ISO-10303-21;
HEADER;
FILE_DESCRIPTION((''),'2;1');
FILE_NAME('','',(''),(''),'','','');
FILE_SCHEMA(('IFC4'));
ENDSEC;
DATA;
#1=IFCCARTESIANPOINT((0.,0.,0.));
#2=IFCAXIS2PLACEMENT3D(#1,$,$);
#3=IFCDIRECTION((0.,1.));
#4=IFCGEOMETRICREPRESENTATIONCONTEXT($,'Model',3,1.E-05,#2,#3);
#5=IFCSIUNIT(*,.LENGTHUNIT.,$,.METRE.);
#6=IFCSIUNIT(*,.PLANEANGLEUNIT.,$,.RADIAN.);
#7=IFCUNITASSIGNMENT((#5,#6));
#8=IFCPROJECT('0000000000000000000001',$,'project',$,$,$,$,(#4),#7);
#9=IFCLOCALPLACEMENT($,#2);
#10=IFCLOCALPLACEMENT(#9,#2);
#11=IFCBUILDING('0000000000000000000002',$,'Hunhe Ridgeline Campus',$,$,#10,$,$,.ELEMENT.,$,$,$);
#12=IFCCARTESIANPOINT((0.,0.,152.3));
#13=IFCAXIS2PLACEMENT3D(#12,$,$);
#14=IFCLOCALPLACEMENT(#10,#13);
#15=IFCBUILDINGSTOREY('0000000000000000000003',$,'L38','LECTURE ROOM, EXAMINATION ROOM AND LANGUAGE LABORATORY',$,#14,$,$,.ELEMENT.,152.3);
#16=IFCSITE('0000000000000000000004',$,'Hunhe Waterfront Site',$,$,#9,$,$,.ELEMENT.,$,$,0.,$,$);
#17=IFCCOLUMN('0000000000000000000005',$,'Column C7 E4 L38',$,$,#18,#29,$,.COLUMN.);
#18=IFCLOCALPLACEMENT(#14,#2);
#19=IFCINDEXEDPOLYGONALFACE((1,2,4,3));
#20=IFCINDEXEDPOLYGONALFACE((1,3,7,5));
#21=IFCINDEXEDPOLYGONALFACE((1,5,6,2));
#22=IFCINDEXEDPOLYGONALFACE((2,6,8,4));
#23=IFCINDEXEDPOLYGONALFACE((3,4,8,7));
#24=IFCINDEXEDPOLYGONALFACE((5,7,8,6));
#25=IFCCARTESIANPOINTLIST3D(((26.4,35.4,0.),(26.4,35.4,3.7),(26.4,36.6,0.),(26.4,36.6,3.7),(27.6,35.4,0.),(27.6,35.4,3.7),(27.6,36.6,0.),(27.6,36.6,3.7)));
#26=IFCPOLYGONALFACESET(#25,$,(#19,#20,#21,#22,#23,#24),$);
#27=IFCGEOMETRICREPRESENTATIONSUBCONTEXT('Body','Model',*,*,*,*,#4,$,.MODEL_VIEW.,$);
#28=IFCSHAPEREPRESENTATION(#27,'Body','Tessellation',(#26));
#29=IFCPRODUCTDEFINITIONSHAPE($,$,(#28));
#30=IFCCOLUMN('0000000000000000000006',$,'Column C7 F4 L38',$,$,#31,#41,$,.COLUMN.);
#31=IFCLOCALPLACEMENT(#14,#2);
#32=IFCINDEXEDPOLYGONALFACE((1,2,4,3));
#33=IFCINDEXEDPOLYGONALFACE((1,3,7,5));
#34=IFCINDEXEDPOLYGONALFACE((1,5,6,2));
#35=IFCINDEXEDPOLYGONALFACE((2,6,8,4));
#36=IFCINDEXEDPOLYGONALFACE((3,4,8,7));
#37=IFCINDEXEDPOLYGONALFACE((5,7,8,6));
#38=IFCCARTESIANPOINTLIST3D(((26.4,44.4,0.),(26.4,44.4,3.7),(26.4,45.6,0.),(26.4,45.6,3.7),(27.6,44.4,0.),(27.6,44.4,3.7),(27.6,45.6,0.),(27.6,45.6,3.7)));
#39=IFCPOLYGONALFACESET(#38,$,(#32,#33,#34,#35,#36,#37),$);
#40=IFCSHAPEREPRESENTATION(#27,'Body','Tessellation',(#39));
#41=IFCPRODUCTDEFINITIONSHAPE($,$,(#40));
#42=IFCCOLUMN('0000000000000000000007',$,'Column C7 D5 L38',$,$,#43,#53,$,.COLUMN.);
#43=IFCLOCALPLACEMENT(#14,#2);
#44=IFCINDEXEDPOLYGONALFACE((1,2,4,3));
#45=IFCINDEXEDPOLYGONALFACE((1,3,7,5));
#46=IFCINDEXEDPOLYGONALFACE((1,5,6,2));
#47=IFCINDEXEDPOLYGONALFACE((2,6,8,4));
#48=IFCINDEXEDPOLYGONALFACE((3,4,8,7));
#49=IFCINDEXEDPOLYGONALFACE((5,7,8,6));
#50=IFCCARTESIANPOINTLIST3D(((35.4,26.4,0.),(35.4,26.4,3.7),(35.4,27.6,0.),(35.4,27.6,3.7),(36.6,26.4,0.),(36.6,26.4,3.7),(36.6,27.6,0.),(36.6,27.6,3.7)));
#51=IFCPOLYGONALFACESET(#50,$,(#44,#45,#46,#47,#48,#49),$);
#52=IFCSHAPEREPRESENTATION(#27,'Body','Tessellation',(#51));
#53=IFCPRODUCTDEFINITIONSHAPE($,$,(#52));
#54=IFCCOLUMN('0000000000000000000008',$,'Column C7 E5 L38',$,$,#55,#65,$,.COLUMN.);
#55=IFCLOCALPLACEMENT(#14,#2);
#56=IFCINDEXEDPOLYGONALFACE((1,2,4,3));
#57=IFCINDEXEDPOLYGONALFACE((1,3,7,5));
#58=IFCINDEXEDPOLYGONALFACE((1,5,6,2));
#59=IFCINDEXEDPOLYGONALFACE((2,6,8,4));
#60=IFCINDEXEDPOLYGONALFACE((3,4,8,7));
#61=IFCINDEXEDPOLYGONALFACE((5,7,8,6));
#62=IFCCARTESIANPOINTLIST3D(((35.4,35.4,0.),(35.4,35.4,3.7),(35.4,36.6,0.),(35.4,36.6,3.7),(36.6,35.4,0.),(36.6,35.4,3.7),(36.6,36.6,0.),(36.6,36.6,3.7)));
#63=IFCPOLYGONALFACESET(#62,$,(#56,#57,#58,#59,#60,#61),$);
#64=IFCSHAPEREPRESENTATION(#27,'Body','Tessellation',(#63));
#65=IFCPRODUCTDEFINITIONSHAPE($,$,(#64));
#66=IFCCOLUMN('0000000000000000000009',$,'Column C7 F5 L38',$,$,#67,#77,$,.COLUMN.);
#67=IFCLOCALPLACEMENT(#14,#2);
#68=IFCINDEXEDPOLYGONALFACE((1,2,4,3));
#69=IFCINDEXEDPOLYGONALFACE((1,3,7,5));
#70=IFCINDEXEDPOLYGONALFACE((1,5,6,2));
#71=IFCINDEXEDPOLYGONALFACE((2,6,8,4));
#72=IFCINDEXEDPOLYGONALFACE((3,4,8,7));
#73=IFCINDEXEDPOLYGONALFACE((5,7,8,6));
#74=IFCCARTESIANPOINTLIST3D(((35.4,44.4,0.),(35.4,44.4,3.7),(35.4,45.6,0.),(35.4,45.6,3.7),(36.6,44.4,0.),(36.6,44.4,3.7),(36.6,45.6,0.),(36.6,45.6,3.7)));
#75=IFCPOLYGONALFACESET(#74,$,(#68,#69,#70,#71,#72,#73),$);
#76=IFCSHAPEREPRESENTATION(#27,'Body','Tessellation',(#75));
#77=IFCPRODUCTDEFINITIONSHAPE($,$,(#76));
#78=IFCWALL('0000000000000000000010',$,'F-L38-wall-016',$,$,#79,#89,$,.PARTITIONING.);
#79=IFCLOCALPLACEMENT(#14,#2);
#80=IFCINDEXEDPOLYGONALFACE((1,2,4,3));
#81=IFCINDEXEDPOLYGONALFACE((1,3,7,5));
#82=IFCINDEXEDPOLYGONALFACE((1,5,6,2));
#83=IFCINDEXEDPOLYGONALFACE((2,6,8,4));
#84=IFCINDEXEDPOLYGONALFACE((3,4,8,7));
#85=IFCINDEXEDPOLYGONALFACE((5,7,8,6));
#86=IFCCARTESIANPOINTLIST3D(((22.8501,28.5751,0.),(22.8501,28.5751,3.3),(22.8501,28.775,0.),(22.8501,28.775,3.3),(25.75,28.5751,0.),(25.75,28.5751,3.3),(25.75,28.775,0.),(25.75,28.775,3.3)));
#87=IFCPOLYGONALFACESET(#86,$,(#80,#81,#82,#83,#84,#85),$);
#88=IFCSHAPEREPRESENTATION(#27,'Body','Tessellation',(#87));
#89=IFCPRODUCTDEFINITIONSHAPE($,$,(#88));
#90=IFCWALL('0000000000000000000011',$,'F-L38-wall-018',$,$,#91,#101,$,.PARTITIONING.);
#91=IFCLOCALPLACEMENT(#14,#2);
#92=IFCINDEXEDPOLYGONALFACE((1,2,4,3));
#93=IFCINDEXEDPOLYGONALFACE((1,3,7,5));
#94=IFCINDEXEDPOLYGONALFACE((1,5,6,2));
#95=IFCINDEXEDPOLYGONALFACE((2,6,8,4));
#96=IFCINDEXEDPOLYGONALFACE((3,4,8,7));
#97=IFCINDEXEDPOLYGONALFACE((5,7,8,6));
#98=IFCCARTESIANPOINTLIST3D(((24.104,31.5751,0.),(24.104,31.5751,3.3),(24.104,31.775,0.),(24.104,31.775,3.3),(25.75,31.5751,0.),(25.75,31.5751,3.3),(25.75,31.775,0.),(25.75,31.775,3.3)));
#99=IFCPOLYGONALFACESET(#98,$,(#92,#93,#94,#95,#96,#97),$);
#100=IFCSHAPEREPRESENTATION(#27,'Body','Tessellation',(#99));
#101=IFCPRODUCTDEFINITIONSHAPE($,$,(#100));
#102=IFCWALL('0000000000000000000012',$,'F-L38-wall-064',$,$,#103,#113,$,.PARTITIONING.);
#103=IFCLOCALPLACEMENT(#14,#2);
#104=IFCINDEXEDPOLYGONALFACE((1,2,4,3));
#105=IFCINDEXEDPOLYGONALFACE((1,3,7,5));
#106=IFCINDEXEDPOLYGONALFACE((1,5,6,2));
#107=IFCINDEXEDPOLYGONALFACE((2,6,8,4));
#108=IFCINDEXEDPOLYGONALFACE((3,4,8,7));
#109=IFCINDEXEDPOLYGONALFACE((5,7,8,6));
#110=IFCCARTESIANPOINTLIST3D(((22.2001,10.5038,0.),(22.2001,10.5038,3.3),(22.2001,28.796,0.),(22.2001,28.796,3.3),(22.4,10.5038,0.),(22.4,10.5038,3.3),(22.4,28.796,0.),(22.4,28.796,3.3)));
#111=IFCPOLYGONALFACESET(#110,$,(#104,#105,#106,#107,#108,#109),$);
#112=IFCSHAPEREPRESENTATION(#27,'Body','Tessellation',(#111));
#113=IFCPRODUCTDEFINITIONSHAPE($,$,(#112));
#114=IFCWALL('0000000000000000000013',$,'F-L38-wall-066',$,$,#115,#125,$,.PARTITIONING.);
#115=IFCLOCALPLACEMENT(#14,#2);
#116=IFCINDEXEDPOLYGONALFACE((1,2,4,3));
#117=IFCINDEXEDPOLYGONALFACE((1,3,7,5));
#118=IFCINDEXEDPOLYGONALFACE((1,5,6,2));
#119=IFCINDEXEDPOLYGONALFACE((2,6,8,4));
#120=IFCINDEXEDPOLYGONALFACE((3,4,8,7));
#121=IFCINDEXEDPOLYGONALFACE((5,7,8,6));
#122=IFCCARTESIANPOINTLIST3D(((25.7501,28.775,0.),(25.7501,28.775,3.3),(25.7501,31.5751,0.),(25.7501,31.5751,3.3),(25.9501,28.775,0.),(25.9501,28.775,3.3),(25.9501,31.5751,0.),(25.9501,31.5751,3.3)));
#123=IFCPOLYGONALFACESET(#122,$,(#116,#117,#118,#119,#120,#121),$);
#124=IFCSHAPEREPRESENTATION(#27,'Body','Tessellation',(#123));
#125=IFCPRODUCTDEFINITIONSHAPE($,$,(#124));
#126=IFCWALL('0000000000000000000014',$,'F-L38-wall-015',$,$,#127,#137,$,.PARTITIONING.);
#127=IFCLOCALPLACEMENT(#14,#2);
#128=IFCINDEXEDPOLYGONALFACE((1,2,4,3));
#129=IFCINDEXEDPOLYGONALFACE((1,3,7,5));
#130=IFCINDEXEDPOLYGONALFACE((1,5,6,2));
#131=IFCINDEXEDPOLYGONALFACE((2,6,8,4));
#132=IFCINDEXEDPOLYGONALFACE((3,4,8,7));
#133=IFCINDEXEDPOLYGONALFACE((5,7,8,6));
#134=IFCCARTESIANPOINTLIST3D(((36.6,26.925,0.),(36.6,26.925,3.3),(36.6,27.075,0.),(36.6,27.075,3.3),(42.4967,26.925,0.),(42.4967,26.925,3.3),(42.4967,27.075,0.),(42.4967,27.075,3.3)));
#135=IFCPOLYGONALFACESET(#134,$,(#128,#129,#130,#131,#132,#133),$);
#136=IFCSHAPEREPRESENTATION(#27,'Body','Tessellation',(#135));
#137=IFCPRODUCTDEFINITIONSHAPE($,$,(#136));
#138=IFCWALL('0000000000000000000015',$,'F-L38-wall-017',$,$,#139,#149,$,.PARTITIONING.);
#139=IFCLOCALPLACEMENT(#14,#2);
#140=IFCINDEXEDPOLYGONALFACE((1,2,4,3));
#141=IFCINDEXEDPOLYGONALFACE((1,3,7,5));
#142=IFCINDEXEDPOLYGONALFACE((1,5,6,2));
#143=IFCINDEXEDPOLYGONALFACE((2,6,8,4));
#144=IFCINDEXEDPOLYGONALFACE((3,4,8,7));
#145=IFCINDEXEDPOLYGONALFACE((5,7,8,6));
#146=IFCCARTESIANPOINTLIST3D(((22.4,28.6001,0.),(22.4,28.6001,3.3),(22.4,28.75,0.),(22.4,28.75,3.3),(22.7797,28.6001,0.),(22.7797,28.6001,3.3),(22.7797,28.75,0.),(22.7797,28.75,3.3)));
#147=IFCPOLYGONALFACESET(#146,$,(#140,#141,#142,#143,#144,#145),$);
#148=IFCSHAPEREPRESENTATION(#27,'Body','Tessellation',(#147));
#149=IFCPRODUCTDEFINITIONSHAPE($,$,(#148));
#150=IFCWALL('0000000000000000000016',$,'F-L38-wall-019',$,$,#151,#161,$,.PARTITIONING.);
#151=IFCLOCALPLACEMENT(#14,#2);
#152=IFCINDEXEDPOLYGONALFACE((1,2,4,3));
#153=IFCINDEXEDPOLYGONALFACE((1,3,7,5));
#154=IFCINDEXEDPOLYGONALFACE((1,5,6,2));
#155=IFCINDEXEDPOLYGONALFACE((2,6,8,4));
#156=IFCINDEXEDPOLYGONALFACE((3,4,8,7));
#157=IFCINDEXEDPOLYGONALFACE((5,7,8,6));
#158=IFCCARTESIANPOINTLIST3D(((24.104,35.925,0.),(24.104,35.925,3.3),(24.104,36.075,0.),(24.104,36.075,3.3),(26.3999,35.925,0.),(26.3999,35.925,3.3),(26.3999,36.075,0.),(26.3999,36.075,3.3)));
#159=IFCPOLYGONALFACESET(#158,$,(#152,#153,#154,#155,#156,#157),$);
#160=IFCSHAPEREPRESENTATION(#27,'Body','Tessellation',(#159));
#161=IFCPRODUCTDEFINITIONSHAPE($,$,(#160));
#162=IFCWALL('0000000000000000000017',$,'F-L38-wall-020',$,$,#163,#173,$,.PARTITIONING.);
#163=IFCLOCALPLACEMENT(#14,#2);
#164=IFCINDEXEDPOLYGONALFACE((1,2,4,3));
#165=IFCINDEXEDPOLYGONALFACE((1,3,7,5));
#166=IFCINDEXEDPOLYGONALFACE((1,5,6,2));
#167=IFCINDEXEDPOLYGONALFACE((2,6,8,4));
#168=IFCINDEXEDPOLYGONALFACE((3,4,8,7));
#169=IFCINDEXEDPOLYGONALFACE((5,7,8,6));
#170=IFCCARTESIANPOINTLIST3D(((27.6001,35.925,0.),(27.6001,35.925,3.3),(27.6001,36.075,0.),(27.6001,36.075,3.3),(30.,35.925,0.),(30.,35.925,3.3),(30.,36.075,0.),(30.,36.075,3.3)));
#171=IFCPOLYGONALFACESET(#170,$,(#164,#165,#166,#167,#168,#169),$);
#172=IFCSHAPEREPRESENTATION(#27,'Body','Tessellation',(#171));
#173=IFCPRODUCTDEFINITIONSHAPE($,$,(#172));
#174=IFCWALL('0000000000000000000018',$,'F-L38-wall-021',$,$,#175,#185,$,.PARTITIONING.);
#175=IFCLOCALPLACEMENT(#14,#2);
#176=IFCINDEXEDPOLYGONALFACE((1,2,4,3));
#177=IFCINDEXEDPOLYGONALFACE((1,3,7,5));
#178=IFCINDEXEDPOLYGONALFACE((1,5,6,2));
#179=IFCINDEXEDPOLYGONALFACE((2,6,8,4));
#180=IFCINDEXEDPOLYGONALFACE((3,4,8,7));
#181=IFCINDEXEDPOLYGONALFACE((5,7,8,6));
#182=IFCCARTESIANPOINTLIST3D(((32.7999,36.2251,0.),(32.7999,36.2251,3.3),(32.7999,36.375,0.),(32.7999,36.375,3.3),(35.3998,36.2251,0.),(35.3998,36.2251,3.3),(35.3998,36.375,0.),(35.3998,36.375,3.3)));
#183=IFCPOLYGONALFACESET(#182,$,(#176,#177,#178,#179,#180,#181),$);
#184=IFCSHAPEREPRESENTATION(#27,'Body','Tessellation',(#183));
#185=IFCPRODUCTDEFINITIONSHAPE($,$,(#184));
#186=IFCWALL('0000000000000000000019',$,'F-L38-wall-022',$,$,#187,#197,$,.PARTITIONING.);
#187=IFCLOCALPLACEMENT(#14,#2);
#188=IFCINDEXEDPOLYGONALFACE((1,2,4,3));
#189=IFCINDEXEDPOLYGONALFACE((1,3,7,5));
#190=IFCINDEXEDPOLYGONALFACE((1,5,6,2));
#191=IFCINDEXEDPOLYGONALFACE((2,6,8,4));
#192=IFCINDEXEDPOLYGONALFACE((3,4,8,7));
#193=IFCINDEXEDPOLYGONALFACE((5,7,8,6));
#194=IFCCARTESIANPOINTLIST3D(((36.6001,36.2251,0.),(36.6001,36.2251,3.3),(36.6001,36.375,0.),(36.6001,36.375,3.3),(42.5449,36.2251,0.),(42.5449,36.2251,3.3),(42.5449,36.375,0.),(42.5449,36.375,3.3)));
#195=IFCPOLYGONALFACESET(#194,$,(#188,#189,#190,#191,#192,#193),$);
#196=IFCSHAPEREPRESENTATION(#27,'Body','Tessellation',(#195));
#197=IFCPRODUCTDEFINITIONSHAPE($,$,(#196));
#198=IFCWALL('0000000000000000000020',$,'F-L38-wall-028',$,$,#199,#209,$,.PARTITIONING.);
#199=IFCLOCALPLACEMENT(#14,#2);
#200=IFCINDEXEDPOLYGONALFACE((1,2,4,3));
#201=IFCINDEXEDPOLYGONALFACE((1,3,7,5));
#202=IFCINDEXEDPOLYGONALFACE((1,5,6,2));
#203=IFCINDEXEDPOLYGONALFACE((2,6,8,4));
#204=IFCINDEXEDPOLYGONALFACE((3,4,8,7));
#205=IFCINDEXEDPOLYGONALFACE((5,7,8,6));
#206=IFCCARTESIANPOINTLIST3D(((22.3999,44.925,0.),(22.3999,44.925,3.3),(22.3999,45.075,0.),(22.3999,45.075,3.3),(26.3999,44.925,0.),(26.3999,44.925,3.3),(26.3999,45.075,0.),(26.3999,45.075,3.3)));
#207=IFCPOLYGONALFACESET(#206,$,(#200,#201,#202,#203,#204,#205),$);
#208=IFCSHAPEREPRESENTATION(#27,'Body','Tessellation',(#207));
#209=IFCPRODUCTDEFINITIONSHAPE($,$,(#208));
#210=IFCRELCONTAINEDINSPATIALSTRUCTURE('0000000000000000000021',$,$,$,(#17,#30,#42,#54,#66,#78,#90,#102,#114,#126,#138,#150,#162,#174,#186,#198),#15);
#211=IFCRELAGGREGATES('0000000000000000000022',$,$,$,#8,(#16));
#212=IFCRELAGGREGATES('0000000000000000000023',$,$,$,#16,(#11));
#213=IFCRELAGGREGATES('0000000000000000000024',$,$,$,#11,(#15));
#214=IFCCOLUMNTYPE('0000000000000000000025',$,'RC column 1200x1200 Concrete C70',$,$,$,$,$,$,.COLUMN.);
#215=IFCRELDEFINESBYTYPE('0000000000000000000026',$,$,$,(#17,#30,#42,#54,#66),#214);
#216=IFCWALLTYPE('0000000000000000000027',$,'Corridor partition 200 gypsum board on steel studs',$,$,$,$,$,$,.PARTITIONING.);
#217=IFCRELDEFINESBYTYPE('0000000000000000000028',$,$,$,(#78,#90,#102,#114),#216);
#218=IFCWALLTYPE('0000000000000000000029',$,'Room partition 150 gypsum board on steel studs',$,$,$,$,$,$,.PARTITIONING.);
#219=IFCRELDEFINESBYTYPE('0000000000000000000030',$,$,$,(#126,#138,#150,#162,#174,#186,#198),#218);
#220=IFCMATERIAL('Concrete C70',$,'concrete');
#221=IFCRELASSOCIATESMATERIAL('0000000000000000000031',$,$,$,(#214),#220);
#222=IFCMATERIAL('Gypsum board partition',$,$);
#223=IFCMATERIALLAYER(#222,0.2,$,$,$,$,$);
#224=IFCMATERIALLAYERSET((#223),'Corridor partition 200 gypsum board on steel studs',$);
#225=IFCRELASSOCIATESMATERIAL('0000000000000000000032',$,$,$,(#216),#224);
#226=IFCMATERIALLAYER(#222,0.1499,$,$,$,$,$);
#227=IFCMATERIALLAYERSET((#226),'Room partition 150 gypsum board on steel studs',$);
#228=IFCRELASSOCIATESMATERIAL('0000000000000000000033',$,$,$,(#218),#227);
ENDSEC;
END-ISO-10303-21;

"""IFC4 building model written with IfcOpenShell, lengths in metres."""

from ifc_helpers import new_model, si_unit, direction, frame, frame_2d, origin, origin_2d, place, context, subcontext, project, spatial, rectangle, extrude, material, layer, layer_set, material_profile, profile_set, type_object, element, save


model = new_model("IFC4")

# Units and contexts
model_context = context("Model", 3, precision=1e-05, world=origin(), true_north=direction((0.0, 1.0)))
body_context = subcontext(model_context, "Body", "Model", "MODEL_VIEW")
ifc_project = project(units=[si_unit("LENGTHUNIT", "METRE"), si_unit("PLANEANGLEUNIT", "RADIAN")], contexts=[model_context])

# Site, building, storey
site_placement = place(None, origin())
site = spatial("IfcSite", under=ifc_project, at=site_placement, Name="Hunhe Waterfront Site", CompositionType="ELEMENT", RefElevation=0.0)
building_placement = place(site_placement, origin())
building = spatial("IfcBuilding", under=site, at=building_placement, Name="Hunhe Ridgeline Campus", CompositionType="ELEMENT")
storey_placement = place(building_placement, frame((0.0, 0.0, 152.3)))
storey = spatial("IfcBuildingStorey", under=building, at=storey_placement, Name="L38", Description="LECTURE ROOM, EXAMINATION ROOM AND LANGUAGE LABORATORY", CompositionType="ELEMENT", Elevation=152.3)

# Columns
ifc_material_1 = material(Name="Concrete C70", Category="concrete")
ifc_material_profile = material_profile(ifc_material_1, rectangle(XDim=1.2, YDim=1.2, at=origin_2d()))
ifc_profile_set = profile_set([ifc_material_profile], Name="Concrete C70")
column_type = type_object("IfcColumnType", Name="RC column 1200x1200 Concrete C70", PredefinedType="COLUMN", material=ifc_profile_set)
for number, where, z_axis, x_axis, name in (
    (1, (27.0, 36.0, 0.0), (0.0, 0.0, 1.0), (1.0, 0.0, 0.0), "Column C7 E4 L38"),
    (2, (27.0, 45.0, 0.0), (0.0, 0.0, 1.0), (1.0, 0.0, 0.0), "Column C7 F4 L38"),
    (3, (36.0, 27.0, 0.0), (0.0, 0.0, 1.0), (1.0, 0.0, 0.0), "Column C7 D5 L38"),
    (4, (36.0, 36.0, 0.0), (0.0, 0.0, 1.0), (1.0, 0.0, 0.0), "Column C7 E5 L38"),
    (5, (36.0, 45.0, 0.0), (0.0, 0.0, 1.0), (1.0, 0.0, 0.0), "Column C7 F5 L38"),
):
    element("IfcColumn", number, at=place(storey_placement, frame(where, z_axis=z_axis, x_axis=x_axis)), inside=storey, type_object=column_type, Name=name, PredefinedType="COLUMN", context=body_context, shape_type="SweptSolid", body=[
        extrude(rectangle(XDim=1.2, YDim=1.2, at=origin_2d()), origin(), (0.0, 0.0, 1.0), 3.7),
    ])

# Walls
ifc_material_2 = material(Name="Gypsum board partition")
ifc_layer_1 = layer(ifc_material_2, 0.2)
ifc_layer_set_1 = layer_set([ifc_layer_1], Name="Corridor partition 200 gypsum board on steel studs")
wall_type_1 = type_object("IfcWallType", Name="Corridor partition 200 gypsum board on steel studs", PredefinedType="PARTITIONING", material=ifc_layer_set_1)
wall_1_placement = place(storey_placement, frame((25.75, 28.675, 0.0), z_axis=(0.0, 0.0, 1.0), x_axis=(-1.0, 0.0, 0.0)))
element("IfcWall", 6, at=wall_1_placement, inside=storey, type_object=wall_type_1, Name="F-L38-wall-016", PredefinedType="PARTITIONING", context=body_context, shape_type="SweptSolid", body=[
    extrude(rectangle(XDim=2.8999, YDim=0.2, at=frame_2d((1.45, 0.0))), origin(), (0.0, 0.0, 1.0), 3.3),
])
wall_2_placement = place(storey_placement, frame((24.104, 31.675, 0.0), z_axis=(0.0, 0.0, 1.0), x_axis=(1.0, 0.0, 0.0)))
element("IfcWall", 7, at=wall_2_placement, inside=storey, type_object=wall_type_1, Name="F-L38-wall-018", PredefinedType="PARTITIONING", context=body_context, shape_type="SweptSolid", body=[
    extrude(rectangle(XDim=1.646, YDim=0.2, at=frame_2d((0.823, 0.0))), origin(), (0.0, 0.0, 1.0), 3.3),
])
wall_3_placement = place(storey_placement, frame((22.3, 28.7959, 0.0), z_axis=(0.0, 0.0, 1.0), x_axis=(0.0, -1.0, 0.0)))
element("IfcWall", 8, at=wall_3_placement, inside=storey, type_object=wall_type_1, Name="F-L38-wall-064", PredefinedType="PARTITIONING", context=body_context, shape_type="SweptSolid", body=[
    extrude(rectangle(XDim=18.2922, YDim=0.2, at=frame_2d((9.146, 0.0))), origin(), (0.0, 0.0, 1.0), 3.3),
])
wall_4_placement = place(storey_placement, frame((25.8501, 31.575, 0.0), z_axis=(0.0, 0.0, 1.0), x_axis=(0.0, -1.0, 0.0)))
element("IfcWall", 9, at=wall_4_placement, inside=storey, type_object=wall_type_1, Name="F-L38-wall-066", PredefinedType="PARTITIONING", context=body_context, shape_type="SweptSolid", body=[
    extrude(rectangle(XDim=2.8, YDim=0.2, at=frame_2d((1.3999, 0.0))), origin(), (0.0, 0.0, 1.0), 3.3),
])
ifc_layer_2 = layer(ifc_material_2, 0.1499)
ifc_layer_set_2 = layer_set([ifc_layer_2], Name="Room partition 150 gypsum board on steel studs")
wall_type_2 = type_object("IfcWallType", Name="Room partition 150 gypsum board on steel studs", PredefinedType="PARTITIONING", material=ifc_layer_set_2)
wall_5_placement = place(storey_placement, frame((36.6001, 27.0, 0.0), z_axis=(0.0, 0.0, 1.0), x_axis=(1.0, 0.0, 0.0)))
element("IfcWall", 10, at=wall_5_placement, inside=storey, type_object=wall_type_2, Name="F-L38-wall-015", PredefinedType="PARTITIONING", context=body_context, shape_type="SweptSolid", body=[
    extrude(rectangle(XDim=5.8967, YDim=0.1499, at=frame_2d((2.9482, 0.0))), origin(), (0.0, 0.0, 1.0), 3.3),
])
wall_6_placement = place(storey_placement, frame((22.3999, 28.675, 0.0), z_axis=(0.0, 0.0, 1.0), x_axis=(1.0, 0.0, 0.0)))
element("IfcWall", 11, at=wall_6_placement, inside=storey, type_object=wall_type_2, Name="F-L38-wall-017", PredefinedType="PARTITIONING", context=body_context, shape_type="SweptSolid", body=[
    extrude(rectangle(XDim=0.3796, YDim=0.1499, at=frame_2d((0.1899, 0.0))), origin(), (0.0, 0.0, 1.0), 3.3),
])
wall_7_placement = place(storey_placement, frame((24.104, 36.0, 0.0), z_axis=(0.0, 0.0, 1.0), x_axis=(1.0, 0.0, 0.0)))
element("IfcWall", 12, at=wall_7_placement, inside=storey, type_object=wall_type_2, Name="F-L38-wall-019", PredefinedType="PARTITIONING", context=body_context, shape_type="SweptSolid", body=[
    extrude(rectangle(XDim=2.2959, YDim=0.1499, at=frame_2d((1.1479, 0.0))), origin(), (0.0, 0.0, 1.0), 3.3),
])
wall_8_placement = place(storey_placement, frame((27.6001, 36.0, 0.0), z_axis=(0.0, 0.0, 1.0), x_axis=(1.0, 0.0, 0.0)))
element("IfcWall", 13, at=wall_8_placement, inside=storey, type_object=wall_type_2, Name="F-L38-wall-020", PredefinedType="PARTITIONING", context=body_context, shape_type="SweptSolid", body=[
    extrude(rectangle(XDim=2.3999, YDim=0.1499, at=frame_2d((1.2, 0.0))), origin(), (0.0, 0.0, 1.0), 3.3),
])
wall_9_placement = place(storey_placement, frame((32.8, 36.3, 0.0), z_axis=(0.0, 0.0, 1.0), x_axis=(1.0, 0.0, 0.0)))
element("IfcWall", 14, at=wall_9_placement, inside=storey, type_object=wall_type_2, Name="F-L38-wall-021", PredefinedType="PARTITIONING", context=body_context, shape_type="SweptSolid", body=[
    extrude(rectangle(XDim=2.5999, YDim=0.1499, at=frame_2d((1.2998, 0.0))), origin(), (0.0, 0.0, 1.0), 3.3),
])
wall_10_placement = place(storey_placement, frame((36.6001, 36.3, 0.0), z_axis=(0.0, 0.0, 1.0), x_axis=(1.0, 0.0, 0.0)))
element("IfcWall", 15, at=wall_10_placement, inside=storey, type_object=wall_type_2, Name="F-L38-wall-022", PredefinedType="PARTITIONING", context=body_context, shape_type="SweptSolid", body=[
    extrude(rectangle(XDim=5.9448, YDim=0.1499, at=frame_2d((2.9724, 0.0))), origin(), (0.0, 0.0, 1.0), 3.3),
])
wall_11_placement = place(storey_placement, frame((22.3999, 45.0, 0.0), z_axis=(0.0, 0.0, 1.0), x_axis=(1.0, 0.0, 0.0)))
element("IfcWall", 16, at=wall_11_placement, inside=storey, type_object=wall_type_2, Name="F-L38-wall-028", PredefinedType="PARTITIONING", context=body_context, shape_type="SweptSolid", body=[
    extrude(rectangle(XDim=4.0, YDim=0.1499, at=frame_2d((2.0, 0.0))), origin(), (0.0, 0.0, 1.0), 3.3),
])

save(model, "model.ifc")
